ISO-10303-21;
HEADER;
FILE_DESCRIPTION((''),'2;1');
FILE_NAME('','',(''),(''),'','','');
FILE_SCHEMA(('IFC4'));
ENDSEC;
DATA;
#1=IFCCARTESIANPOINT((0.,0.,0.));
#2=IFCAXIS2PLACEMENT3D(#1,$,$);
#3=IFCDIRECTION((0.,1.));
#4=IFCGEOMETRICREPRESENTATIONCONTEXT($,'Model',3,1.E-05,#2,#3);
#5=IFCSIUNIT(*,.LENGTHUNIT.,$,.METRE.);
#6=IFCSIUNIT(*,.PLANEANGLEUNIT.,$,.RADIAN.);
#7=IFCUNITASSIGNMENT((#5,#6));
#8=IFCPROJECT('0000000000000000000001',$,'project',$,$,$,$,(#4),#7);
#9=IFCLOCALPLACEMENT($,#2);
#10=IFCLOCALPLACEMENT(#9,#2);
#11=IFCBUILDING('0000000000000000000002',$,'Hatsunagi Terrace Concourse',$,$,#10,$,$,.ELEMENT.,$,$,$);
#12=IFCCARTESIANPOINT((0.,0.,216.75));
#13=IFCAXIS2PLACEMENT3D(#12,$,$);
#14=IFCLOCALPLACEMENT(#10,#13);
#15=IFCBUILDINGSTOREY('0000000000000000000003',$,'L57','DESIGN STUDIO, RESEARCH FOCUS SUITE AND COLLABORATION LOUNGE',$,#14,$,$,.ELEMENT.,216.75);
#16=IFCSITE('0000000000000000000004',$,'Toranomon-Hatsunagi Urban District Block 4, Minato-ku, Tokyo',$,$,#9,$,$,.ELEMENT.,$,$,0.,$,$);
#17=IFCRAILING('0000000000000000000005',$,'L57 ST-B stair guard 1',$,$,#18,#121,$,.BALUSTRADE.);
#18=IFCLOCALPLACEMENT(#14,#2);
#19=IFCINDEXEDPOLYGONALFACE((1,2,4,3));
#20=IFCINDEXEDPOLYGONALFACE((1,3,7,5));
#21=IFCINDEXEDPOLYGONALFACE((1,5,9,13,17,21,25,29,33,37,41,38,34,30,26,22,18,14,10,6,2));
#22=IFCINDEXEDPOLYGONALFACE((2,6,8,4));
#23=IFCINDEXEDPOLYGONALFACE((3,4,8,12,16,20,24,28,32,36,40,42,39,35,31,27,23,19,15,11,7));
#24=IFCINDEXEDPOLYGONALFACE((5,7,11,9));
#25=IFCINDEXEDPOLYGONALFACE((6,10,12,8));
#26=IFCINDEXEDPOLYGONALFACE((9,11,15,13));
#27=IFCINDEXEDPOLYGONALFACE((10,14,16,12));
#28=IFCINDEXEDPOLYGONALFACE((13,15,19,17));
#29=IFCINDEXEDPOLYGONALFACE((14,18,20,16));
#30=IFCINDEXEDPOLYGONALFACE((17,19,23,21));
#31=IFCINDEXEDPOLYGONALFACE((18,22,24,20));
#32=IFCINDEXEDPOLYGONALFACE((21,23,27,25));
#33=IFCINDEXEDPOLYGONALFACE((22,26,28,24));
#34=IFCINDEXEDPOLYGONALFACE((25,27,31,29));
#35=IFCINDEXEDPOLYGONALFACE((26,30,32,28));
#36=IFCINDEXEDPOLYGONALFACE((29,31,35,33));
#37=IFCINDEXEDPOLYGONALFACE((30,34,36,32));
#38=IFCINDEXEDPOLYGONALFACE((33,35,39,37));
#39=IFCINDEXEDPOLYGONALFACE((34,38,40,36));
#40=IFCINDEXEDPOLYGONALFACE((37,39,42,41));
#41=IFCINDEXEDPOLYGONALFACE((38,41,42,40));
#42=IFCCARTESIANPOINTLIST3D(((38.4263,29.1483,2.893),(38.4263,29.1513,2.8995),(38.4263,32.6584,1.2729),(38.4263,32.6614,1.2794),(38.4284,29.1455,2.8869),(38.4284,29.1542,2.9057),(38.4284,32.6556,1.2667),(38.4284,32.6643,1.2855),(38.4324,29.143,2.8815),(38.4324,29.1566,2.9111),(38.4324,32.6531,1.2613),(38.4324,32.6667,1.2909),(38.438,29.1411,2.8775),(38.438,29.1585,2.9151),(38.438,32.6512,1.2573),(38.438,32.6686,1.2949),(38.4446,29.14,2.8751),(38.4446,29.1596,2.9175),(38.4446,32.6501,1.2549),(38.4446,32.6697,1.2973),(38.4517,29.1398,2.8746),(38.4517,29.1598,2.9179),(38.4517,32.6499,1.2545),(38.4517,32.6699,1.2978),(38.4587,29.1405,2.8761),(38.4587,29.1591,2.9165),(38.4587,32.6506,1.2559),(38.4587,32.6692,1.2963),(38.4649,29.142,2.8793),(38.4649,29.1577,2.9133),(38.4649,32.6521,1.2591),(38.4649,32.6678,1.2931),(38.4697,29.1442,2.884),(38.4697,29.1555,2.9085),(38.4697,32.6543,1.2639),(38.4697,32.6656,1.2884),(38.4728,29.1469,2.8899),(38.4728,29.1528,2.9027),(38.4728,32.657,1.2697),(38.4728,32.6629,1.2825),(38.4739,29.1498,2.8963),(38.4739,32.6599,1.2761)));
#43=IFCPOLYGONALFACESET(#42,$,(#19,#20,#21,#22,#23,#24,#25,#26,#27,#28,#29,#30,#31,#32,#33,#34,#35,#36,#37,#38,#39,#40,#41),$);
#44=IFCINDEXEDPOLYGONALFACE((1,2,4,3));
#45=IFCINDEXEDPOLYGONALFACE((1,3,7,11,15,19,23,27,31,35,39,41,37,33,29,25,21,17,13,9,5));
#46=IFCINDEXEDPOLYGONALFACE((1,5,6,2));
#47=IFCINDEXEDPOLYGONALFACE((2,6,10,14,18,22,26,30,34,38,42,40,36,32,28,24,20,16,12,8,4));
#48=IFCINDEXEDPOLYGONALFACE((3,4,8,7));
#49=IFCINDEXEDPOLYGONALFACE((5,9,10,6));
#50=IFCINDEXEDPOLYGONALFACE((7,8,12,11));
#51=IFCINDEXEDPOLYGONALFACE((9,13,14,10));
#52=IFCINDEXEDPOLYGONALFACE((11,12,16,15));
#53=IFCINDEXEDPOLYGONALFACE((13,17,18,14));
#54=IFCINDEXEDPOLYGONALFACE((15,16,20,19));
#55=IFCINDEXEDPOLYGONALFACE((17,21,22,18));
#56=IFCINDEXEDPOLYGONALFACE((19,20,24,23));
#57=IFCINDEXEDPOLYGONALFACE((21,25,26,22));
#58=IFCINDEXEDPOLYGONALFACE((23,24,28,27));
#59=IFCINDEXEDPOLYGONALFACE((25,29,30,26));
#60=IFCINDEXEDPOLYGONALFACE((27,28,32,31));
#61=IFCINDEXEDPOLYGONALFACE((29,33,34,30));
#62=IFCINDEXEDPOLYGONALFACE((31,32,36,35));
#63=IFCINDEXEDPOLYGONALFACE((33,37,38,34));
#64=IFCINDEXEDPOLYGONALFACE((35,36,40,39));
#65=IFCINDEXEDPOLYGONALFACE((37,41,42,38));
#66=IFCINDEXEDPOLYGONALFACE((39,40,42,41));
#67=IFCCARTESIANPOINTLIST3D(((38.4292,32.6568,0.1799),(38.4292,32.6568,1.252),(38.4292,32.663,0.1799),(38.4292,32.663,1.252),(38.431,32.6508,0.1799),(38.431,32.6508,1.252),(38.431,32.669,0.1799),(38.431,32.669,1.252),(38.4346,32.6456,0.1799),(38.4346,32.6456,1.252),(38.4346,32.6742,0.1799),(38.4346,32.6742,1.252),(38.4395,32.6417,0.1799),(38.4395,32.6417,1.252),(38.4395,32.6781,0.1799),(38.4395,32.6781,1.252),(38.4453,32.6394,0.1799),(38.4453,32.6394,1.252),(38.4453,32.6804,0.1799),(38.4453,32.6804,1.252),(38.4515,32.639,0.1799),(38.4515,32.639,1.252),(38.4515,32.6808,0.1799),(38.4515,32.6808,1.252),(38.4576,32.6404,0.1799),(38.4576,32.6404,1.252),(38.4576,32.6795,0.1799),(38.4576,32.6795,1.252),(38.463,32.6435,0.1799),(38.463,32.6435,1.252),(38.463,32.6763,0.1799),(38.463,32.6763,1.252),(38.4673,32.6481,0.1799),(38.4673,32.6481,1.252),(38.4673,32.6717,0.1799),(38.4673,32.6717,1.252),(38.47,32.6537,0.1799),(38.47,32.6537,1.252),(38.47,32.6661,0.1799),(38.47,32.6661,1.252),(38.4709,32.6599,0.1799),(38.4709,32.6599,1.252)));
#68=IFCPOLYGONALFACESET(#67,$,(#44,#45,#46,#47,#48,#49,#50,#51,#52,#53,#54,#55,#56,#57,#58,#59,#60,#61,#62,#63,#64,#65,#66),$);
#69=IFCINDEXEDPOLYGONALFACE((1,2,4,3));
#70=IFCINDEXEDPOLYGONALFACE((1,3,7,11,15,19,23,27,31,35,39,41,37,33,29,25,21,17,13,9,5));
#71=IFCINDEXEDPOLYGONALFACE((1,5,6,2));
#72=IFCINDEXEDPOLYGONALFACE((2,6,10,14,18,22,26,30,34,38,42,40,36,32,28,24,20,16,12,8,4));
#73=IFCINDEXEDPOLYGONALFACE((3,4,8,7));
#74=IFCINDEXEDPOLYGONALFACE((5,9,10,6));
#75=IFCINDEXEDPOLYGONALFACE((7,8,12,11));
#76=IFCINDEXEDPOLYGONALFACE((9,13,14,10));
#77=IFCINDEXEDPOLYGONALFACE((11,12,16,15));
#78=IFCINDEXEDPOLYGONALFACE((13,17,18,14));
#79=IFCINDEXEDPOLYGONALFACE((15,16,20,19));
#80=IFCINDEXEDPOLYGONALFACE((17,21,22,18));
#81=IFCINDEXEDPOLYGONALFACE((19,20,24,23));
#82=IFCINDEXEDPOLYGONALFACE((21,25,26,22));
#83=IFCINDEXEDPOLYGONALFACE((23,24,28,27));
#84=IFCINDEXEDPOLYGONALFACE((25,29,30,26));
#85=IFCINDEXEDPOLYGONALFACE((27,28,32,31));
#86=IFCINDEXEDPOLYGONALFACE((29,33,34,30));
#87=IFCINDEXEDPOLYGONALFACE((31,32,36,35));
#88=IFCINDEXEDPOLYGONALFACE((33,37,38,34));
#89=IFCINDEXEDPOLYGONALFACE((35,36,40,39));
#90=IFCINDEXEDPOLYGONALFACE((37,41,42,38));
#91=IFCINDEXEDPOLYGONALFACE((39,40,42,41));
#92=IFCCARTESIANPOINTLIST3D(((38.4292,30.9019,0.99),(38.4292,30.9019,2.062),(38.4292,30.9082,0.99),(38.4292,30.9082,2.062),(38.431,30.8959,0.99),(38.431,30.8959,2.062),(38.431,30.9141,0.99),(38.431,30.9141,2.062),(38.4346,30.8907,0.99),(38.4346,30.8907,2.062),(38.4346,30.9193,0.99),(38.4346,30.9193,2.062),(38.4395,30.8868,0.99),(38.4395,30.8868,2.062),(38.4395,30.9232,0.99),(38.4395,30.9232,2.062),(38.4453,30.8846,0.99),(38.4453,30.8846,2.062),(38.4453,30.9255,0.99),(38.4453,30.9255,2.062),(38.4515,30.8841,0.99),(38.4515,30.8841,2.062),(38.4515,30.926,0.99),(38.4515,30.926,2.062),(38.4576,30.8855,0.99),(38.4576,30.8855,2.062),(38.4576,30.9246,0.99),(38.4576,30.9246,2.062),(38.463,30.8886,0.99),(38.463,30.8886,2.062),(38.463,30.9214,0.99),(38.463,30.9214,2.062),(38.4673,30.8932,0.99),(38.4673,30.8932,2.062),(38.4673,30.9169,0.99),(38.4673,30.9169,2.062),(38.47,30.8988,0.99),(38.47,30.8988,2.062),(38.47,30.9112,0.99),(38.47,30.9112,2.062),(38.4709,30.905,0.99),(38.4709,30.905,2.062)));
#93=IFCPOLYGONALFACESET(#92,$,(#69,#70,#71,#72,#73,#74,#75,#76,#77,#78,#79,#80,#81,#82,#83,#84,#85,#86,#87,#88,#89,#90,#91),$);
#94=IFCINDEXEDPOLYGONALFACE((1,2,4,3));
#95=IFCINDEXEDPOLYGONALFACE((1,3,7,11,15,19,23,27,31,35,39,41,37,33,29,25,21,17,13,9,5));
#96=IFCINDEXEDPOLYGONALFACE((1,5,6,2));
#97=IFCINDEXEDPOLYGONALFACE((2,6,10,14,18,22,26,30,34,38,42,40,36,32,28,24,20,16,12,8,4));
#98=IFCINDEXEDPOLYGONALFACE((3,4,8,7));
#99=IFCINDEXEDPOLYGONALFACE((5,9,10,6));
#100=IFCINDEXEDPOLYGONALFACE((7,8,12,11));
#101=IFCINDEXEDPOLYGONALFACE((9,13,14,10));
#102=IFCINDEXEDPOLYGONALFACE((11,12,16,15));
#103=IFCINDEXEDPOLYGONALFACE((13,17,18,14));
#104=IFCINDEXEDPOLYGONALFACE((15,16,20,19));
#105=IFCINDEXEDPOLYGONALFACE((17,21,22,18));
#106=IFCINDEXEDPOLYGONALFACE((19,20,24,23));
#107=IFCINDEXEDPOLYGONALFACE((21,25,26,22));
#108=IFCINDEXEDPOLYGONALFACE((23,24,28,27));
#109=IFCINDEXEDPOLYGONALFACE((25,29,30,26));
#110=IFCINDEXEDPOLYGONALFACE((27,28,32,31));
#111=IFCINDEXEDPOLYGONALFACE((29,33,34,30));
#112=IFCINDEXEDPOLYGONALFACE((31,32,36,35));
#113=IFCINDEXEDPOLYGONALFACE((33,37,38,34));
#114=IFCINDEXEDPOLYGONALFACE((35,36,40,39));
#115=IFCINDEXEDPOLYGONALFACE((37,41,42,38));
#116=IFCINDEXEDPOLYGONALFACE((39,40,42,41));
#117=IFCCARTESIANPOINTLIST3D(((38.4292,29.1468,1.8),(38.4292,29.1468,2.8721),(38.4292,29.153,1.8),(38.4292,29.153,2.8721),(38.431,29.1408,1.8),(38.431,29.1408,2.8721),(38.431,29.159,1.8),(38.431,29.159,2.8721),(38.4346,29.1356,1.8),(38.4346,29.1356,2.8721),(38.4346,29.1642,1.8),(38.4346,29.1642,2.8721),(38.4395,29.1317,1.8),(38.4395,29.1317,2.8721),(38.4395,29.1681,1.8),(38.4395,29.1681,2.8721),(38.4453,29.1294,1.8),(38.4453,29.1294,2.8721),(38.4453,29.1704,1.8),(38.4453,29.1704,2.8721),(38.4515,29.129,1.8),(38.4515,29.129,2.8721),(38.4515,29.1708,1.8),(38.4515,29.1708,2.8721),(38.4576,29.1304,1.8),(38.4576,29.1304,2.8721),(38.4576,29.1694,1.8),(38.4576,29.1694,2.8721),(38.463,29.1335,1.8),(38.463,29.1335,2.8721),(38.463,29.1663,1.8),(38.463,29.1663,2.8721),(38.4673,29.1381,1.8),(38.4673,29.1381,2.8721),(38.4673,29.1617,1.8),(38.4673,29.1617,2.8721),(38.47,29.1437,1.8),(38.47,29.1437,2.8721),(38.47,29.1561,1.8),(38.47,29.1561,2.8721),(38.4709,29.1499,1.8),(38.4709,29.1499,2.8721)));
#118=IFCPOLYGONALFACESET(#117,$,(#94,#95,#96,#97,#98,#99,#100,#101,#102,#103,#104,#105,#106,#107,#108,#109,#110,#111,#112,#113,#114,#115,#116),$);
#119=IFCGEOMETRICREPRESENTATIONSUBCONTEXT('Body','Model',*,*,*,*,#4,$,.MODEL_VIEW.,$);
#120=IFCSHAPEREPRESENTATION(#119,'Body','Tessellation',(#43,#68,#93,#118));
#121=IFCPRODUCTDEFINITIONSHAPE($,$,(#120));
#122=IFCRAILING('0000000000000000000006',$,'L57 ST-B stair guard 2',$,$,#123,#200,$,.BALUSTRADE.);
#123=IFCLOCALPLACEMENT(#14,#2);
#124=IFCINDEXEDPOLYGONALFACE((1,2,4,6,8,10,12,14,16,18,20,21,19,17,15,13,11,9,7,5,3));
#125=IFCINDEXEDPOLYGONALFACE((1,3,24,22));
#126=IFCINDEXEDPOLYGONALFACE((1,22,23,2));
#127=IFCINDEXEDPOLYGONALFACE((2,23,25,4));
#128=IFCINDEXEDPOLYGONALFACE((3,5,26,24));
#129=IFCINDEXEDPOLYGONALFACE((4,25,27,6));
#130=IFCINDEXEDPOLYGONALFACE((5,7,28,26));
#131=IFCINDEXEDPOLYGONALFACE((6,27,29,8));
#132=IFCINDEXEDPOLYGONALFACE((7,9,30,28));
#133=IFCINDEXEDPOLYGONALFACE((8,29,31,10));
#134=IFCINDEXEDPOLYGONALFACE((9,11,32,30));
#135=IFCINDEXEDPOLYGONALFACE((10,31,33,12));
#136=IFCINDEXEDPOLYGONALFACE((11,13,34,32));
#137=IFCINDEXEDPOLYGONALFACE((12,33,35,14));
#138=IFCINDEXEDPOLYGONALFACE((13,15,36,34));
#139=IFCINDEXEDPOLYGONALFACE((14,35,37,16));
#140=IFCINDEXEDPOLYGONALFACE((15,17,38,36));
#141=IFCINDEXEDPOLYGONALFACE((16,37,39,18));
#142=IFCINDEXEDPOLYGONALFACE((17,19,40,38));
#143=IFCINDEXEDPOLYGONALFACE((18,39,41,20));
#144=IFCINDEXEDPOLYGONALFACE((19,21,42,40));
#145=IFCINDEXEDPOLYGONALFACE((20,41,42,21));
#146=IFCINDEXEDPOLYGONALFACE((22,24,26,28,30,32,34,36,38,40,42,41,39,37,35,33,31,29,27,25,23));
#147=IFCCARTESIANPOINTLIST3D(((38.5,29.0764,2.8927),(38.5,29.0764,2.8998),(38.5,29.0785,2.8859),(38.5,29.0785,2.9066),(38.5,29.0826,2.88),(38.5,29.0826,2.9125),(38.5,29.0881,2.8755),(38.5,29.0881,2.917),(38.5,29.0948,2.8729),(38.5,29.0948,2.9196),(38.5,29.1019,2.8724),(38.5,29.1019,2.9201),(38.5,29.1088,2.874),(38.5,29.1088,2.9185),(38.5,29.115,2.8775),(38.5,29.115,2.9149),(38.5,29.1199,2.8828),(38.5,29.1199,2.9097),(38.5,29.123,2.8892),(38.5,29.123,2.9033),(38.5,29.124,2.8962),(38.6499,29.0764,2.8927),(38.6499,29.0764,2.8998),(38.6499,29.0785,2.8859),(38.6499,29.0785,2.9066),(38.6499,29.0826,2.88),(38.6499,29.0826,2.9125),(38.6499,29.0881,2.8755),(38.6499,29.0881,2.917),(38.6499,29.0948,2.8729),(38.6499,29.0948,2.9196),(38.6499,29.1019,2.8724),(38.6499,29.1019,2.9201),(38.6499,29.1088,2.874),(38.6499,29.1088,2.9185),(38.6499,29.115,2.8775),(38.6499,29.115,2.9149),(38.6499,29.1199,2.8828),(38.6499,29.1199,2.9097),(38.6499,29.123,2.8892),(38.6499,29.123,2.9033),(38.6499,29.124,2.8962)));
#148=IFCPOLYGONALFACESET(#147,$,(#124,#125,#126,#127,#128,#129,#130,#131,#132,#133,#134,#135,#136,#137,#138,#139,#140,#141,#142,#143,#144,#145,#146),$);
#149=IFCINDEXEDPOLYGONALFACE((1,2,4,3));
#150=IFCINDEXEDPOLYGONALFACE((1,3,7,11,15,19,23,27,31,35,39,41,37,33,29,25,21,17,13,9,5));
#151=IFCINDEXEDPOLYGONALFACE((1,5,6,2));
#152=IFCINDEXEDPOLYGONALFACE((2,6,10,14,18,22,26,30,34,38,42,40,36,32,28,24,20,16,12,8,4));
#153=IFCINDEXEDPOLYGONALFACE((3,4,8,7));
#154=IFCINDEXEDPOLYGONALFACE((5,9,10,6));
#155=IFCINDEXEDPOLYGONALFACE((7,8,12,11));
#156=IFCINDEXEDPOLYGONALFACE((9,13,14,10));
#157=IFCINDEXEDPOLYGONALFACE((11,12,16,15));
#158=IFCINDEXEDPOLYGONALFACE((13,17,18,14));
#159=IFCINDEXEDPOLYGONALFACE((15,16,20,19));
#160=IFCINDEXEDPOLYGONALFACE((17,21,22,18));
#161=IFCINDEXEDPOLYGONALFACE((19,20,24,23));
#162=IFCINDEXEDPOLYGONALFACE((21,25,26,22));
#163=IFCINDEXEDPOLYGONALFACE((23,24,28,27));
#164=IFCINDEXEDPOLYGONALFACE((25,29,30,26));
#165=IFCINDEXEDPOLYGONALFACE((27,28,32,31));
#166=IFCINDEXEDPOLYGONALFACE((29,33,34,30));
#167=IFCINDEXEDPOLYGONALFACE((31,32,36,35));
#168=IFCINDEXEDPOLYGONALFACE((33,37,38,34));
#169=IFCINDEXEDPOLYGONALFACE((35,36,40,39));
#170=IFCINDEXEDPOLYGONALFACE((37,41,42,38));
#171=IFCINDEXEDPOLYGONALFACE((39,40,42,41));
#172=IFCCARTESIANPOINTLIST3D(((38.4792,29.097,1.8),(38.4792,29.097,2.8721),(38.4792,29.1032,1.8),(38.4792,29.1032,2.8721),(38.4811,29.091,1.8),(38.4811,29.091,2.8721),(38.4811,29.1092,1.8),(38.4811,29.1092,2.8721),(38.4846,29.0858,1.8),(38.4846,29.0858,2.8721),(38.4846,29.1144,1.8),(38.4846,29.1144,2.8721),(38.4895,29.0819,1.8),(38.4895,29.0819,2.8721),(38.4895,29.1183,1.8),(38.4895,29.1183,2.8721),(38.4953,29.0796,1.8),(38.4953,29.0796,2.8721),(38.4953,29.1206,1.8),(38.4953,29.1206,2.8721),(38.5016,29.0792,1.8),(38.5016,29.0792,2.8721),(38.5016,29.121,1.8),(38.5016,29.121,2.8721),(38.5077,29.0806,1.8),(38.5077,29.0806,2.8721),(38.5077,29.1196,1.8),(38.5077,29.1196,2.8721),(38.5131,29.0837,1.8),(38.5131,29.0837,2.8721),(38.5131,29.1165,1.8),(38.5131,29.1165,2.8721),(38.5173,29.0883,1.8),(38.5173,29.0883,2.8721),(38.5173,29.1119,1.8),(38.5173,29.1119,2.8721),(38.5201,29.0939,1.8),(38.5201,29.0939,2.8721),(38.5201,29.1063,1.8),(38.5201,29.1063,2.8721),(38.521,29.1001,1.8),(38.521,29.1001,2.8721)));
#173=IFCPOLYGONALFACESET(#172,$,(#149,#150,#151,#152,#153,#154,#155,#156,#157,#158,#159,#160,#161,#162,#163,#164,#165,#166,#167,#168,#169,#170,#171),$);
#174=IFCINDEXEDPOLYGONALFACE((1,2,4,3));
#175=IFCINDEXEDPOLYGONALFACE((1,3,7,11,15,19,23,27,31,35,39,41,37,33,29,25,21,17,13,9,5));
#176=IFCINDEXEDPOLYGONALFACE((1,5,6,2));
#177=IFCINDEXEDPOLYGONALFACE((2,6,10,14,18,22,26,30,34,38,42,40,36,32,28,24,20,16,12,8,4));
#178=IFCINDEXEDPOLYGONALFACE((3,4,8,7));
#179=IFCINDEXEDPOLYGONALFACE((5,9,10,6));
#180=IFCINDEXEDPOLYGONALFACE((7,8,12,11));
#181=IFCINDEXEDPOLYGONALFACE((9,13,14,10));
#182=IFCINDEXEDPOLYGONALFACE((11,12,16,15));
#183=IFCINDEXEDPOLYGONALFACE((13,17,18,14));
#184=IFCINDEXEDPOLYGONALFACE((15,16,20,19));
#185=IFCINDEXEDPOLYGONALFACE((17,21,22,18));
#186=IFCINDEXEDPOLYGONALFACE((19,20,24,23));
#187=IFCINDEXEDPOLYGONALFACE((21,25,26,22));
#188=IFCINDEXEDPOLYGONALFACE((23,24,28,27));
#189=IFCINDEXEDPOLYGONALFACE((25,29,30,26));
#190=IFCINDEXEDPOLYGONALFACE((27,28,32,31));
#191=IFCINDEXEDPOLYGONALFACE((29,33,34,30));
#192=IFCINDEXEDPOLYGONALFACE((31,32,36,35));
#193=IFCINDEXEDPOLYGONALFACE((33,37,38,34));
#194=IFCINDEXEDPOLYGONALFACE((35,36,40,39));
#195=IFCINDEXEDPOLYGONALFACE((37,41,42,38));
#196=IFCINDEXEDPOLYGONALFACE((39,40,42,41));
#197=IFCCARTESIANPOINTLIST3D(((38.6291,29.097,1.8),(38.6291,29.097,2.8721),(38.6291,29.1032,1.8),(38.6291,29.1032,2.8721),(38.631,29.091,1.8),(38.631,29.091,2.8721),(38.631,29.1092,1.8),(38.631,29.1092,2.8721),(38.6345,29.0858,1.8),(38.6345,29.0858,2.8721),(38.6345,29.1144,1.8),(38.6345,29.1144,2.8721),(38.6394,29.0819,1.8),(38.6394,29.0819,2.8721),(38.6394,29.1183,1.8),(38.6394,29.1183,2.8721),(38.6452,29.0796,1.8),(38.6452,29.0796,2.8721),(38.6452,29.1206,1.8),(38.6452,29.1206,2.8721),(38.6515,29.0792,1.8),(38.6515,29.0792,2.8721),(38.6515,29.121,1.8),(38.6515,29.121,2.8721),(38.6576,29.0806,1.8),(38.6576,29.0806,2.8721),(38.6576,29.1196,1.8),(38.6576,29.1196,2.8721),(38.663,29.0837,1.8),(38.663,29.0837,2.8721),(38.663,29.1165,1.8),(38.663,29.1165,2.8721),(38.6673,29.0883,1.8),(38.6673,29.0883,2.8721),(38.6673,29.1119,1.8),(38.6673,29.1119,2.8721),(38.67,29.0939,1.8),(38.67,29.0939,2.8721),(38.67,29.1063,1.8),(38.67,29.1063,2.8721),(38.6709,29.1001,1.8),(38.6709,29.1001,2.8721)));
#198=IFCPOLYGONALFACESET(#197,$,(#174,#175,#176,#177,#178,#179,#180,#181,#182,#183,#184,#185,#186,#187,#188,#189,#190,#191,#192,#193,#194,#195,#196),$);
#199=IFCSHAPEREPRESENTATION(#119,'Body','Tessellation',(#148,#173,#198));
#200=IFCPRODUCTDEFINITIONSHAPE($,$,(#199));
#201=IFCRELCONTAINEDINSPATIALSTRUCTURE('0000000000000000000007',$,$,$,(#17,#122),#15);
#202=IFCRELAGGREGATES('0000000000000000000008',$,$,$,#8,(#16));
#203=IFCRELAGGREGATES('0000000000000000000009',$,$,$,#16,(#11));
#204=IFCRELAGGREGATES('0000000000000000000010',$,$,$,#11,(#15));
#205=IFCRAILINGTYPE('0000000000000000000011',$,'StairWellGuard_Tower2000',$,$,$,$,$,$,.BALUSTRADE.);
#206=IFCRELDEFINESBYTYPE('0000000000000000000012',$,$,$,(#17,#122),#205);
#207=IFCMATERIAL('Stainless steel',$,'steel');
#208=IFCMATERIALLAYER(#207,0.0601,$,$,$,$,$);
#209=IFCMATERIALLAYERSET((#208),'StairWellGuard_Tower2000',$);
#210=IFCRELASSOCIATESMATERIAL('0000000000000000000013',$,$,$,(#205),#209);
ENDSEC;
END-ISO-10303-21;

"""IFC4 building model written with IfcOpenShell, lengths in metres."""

from ifc_helpers import new_model, si_unit, direction, frame, origin, origin_2d, place, context, subcontext, project, spatial, circle, extrude, material, layer, layer_set, type_object, element, save


model = new_model("IFC4")

# Units and contexts
model_context = context("Model", 3, precision=1e-05, world=origin(), true_north=direction((0.0, 1.0)))
body_context = subcontext(model_context, "Body", "Model", "MODEL_VIEW")
ifc_project = project(units=[si_unit("LENGTHUNIT", "METRE"), si_unit("PLANEANGLEUNIT", "RADIAN")], contexts=[model_context])

# Site, building, storey
site_placement = place(None, origin())
site = spatial("IfcSite", under=ifc_project, at=site_placement, Name="Toranomon-Hatsunagi Urban District Block 4, Minato-ku, Tokyo", CompositionType="ELEMENT", RefElevation=0.0)
building_placement = place(site_placement, origin())
building = spatial("IfcBuilding", under=site, at=building_placement, Name="Hatsunagi Terrace Concourse", CompositionType="ELEMENT")
storey_placement = place(building_placement, frame((0.0, 0.0, 216.75)))
storey = spatial("IfcBuildingStorey", under=building, at=storey_placement, Name="L57", Description="DESIGN STUDIO, RESEARCH FOCUS SUITE AND COLLABORATION LOUNGE", CompositionType="ELEMENT", Elevation=216.75)

# Railings
ifc_material_1 = material(Name="Stainless steel", Category="steel")
ifc_layer_1 = layer(ifc_material_1, 0.0601)
ifc_layer_set_1 = layer_set([ifc_layer_1], Name="StairWellGuard_Tower2000")
railing_type_1 = type_object("IfcRailingType", Name="StairWellGuard_Tower2000", PredefinedType="BALUSTRADE", material=ifc_layer_set_1)
railing_1_placement = place(storey_placement, frame((38.45, 32.6599, 0.1799)))
element("IfcRailing", 1, at=railing_1_placement, inside=storey, type_object=railing_type_1, Name="L57 ST-B stair guard 1", PredefinedType="BALUSTRADE", context=body_context, shape_type="SweptSolid", body=[
    extrude(circle(Radius=0.0239, at=origin_2d()), frame((0.0, 0.0, 1.0962), z_axis=(0.0, -0.907948, 0.419082), x_axis=(1.0, 0.0, 0.0)), (0.0, 0.0, 1.0), 3.866),
    extrude(circle(Radius=0.021, at=origin_2d()), origin(), (0.0, 0.0, 1.0), 1.072),
    extrude(circle(Radius=0.021, at=origin_2d()), frame((0.0, -1.7549, 0.8101)), (0.0, 0.0, 1.0), 1.072),
    extrude(circle(Radius=0.021, at=origin_2d()), frame((0.0, -3.51, 1.6201)), (0.0, 0.0, 1.0), 1.072),
])
railing_2_placement = place(storey_placement, frame((38.5, 29.1001, 1.8)))
element("IfcRailing", 2, at=railing_2_placement, inside=storey, type_object=railing_type_1, Name="L57 ST-B stair guard 2", PredefinedType="BALUSTRADE", context=body_context, shape_type="SweptSolid", body=[
    extrude(circle(Radius=0.0239, at=origin_2d()), frame((0.0, 0.0, 1.0962), z_axis=(1.0, 0.0, 0.0), x_axis=(0.0, 1.0, 0.0)), (0.0, 0.0, 1.0), 0.1499),
    extrude(circle(Radius=0.021, at=origin_2d()), origin(), (0.0, 0.0, 1.0), 1.072),
    extrude(circle(Radius=0.021, at=origin_2d()), frame((0.1499, 0.0, 0.0)), (0.0, 0.0, 1.0), 1.072),
])

save(model, "model.ifc")
